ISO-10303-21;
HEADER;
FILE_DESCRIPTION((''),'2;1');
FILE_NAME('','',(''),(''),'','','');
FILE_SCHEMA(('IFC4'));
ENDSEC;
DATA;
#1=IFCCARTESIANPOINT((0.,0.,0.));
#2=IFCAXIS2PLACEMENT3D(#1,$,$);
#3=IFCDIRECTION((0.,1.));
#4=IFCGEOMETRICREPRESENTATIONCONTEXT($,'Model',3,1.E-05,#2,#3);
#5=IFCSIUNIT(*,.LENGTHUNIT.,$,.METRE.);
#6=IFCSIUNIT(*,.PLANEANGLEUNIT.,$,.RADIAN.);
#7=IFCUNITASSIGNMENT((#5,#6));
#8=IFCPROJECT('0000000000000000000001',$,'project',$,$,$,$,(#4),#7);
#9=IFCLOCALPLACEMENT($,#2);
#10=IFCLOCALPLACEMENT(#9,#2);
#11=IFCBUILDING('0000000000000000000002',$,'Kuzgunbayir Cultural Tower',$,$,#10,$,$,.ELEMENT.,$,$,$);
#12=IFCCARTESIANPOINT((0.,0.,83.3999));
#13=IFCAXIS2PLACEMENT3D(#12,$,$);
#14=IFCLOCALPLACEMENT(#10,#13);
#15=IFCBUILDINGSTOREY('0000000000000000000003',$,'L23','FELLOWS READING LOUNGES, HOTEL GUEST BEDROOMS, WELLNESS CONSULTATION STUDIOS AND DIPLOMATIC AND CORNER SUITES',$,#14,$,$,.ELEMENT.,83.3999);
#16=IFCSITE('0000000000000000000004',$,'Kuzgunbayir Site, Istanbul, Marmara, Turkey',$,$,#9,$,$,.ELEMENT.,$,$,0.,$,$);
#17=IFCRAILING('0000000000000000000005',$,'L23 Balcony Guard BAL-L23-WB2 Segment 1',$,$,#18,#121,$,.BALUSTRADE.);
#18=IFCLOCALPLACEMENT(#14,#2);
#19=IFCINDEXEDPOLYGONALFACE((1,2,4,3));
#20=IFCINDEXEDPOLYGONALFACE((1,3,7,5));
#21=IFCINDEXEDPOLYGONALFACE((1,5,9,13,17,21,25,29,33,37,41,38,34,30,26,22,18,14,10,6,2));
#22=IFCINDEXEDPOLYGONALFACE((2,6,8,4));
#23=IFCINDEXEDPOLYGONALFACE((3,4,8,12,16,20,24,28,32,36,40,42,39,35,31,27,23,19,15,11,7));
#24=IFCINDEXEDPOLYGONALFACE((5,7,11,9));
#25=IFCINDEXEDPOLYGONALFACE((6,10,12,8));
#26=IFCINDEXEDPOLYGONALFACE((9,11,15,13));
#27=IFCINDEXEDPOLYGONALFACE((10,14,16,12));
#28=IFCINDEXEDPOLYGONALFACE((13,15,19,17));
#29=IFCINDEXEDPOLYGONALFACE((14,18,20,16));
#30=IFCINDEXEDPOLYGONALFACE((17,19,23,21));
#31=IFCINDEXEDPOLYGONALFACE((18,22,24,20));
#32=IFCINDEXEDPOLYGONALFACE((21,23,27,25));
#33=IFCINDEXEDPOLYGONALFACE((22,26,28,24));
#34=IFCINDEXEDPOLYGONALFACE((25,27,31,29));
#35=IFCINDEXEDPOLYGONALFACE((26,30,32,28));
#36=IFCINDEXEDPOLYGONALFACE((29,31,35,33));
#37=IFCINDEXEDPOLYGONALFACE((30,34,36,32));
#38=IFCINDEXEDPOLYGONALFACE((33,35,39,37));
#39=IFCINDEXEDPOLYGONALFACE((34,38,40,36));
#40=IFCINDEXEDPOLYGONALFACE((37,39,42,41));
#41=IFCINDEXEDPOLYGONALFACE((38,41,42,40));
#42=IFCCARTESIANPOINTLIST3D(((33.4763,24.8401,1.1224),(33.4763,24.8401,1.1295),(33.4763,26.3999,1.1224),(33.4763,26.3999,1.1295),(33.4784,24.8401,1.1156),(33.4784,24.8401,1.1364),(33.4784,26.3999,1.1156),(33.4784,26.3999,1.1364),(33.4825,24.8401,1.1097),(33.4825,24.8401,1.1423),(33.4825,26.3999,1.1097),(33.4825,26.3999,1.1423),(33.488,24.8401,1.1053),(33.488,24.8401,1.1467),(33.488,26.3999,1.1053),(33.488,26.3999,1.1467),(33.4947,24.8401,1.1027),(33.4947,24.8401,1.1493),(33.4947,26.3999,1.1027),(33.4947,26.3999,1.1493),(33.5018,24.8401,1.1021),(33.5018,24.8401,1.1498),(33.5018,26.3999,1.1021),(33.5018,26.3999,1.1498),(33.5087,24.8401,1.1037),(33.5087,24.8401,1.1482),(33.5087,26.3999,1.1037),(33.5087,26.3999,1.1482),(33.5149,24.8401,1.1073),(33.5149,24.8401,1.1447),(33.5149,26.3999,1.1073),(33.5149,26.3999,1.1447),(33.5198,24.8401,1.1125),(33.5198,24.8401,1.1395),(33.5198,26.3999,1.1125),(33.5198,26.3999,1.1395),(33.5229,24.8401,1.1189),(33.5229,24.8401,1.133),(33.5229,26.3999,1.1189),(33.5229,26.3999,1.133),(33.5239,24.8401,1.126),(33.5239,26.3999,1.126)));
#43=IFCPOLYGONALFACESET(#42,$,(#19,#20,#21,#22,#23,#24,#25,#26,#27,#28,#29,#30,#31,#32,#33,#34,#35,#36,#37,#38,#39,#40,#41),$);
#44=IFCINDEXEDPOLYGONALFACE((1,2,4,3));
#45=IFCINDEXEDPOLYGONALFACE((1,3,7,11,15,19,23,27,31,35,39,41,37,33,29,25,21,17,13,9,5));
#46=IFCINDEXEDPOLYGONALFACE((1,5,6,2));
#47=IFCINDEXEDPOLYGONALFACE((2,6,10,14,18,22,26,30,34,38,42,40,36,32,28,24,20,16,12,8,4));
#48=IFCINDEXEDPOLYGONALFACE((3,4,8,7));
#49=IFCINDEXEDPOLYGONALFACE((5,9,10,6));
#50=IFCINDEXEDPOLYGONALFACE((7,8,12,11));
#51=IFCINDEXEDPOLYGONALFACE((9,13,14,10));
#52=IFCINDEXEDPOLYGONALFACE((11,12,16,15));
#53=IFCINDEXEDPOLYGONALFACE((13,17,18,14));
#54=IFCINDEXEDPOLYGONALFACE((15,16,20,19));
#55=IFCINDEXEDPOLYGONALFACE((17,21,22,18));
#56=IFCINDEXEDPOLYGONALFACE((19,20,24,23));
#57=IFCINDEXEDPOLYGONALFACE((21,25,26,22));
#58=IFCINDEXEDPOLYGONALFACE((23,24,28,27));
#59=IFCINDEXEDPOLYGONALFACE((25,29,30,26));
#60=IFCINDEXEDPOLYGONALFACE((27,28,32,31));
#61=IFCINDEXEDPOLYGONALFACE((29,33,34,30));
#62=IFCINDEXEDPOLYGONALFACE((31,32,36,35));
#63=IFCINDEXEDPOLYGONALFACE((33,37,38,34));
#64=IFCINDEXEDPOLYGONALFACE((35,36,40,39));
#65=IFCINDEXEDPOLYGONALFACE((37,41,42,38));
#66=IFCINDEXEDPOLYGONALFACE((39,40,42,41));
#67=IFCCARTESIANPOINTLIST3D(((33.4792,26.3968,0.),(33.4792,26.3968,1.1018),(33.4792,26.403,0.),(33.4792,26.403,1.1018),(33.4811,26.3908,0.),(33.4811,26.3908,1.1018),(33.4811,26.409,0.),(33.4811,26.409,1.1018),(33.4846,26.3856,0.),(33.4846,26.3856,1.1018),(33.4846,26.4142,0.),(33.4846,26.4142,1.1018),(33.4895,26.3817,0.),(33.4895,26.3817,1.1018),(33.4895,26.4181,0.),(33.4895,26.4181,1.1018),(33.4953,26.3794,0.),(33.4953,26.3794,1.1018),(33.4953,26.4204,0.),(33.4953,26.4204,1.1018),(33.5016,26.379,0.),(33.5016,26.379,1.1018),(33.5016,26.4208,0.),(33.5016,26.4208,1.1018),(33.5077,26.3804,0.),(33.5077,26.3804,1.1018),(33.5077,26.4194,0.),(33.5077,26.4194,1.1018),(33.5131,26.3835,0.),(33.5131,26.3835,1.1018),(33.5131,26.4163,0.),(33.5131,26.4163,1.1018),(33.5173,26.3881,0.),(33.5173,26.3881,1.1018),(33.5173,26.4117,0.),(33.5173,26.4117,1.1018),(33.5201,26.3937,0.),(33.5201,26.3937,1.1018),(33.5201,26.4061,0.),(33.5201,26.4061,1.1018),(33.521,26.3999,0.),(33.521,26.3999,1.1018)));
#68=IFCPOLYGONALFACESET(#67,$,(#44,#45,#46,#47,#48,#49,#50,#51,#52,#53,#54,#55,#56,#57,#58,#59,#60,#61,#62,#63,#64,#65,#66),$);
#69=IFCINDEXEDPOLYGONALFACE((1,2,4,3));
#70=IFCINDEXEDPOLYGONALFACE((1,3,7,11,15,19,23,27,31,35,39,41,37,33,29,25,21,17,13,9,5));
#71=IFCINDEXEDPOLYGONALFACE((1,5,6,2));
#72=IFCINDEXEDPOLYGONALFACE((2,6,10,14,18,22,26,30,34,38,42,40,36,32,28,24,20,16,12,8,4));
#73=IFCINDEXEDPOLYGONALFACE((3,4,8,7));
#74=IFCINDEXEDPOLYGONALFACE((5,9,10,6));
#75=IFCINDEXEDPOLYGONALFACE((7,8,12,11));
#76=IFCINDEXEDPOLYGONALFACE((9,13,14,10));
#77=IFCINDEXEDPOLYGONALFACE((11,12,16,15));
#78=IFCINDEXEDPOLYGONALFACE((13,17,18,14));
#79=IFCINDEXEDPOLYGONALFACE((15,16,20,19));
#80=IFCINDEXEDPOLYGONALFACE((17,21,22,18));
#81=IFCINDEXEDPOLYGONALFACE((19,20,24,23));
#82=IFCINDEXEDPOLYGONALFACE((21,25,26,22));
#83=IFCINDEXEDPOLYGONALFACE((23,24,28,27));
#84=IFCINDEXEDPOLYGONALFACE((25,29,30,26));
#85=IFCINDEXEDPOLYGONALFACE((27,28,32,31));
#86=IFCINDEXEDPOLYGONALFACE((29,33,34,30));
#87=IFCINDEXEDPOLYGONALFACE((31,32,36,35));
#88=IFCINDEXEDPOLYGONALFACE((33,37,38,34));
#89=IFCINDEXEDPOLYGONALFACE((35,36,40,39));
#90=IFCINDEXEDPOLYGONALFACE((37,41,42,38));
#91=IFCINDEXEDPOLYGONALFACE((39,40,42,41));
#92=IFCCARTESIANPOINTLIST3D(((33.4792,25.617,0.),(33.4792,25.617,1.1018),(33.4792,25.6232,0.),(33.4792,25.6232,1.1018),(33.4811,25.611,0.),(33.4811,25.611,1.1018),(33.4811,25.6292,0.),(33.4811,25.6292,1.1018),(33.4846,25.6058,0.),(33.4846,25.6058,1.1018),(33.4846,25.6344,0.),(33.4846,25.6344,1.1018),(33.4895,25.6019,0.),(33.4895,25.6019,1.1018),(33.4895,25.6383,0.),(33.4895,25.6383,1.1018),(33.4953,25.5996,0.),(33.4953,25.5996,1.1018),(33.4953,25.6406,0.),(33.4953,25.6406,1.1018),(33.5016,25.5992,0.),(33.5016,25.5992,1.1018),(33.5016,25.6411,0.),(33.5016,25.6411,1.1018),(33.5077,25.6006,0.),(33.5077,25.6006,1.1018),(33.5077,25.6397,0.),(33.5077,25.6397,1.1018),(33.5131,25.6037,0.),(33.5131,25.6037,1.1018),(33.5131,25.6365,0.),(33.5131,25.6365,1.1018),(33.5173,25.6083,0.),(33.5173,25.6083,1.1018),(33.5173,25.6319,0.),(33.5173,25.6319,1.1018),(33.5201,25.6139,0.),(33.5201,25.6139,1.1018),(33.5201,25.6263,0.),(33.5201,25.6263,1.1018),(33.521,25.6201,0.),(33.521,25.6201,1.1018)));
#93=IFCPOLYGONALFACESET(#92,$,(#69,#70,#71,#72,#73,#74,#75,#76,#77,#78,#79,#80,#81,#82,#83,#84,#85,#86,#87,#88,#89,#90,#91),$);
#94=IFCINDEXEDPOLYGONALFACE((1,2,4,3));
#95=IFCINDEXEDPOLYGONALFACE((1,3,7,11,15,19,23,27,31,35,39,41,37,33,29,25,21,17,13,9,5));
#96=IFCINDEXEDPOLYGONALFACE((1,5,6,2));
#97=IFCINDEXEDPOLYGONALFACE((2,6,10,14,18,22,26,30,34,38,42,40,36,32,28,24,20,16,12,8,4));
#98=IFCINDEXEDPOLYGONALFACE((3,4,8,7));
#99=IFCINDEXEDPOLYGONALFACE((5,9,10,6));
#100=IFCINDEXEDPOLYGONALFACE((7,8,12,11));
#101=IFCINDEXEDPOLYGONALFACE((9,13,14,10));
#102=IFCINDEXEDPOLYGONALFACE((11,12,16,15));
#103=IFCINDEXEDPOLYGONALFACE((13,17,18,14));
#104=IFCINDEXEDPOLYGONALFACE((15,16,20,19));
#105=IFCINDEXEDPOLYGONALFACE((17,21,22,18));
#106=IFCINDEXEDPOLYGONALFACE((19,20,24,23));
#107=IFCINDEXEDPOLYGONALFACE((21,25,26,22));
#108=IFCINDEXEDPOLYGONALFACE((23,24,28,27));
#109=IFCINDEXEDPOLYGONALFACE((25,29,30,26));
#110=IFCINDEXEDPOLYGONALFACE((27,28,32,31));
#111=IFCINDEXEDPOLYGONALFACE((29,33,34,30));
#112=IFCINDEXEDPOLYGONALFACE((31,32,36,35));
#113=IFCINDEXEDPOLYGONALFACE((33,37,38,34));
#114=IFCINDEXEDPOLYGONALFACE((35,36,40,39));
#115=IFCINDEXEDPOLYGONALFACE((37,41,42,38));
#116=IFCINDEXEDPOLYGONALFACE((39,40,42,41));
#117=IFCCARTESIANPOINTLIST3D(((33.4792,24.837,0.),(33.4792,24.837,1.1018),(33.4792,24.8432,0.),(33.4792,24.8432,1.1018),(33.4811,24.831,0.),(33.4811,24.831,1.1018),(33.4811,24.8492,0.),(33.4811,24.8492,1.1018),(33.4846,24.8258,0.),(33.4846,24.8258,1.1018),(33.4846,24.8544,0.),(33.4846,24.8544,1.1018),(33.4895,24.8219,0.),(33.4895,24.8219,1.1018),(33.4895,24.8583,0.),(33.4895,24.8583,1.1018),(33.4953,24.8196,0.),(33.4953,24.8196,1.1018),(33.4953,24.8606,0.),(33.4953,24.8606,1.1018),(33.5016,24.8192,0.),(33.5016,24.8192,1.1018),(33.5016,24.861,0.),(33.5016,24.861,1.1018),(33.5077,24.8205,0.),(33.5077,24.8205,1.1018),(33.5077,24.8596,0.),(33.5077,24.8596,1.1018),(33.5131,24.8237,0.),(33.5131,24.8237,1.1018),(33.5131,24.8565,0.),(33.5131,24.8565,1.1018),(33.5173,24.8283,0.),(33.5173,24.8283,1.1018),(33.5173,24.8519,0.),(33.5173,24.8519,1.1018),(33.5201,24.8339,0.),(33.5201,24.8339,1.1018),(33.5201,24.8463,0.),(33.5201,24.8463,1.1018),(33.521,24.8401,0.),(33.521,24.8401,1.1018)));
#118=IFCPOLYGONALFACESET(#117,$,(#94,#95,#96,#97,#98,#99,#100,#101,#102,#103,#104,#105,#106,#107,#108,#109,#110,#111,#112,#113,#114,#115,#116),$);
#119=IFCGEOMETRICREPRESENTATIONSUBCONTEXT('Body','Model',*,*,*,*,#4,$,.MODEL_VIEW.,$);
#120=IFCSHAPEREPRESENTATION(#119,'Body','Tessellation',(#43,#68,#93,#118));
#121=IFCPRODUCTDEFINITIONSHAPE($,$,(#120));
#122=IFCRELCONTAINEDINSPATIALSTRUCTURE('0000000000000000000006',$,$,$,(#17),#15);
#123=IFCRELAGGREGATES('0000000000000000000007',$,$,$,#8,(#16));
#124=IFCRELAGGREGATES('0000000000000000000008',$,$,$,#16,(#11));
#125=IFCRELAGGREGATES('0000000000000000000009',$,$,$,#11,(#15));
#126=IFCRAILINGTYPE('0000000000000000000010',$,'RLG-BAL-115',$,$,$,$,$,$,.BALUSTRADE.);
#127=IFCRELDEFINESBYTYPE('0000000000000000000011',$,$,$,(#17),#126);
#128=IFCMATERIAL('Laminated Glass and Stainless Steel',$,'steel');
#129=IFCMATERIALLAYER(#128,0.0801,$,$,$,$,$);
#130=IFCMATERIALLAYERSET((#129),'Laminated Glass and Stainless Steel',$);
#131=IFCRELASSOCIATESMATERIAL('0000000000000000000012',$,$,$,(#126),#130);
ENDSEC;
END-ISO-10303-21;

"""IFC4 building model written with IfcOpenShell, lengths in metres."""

from ifc_helpers import new_model, si_unit, direction, frame, origin, origin_2d, place, context, subcontext, project, spatial, circle, extrude, material, layer, layer_set, type_object, element, save


model = new_model("IFC4")

# Units and contexts
model_context = context("Model", 3, precision=1e-05, world=origin(), true_north=direction((0.0, 1.0)))
body_context = subcontext(model_context, "Body", "Model", "MODEL_VIEW")
ifc_project = project(units=[si_unit("LENGTHUNIT", "METRE"), si_unit("PLANEANGLEUNIT", "RADIAN")], contexts=[model_context])

# Site, building, storey
site_placement = place(None, origin())
site = spatial("IfcSite", under=ifc_project, at=site_placement, Name="Kuzgunbayir Site, Istanbul, Marmara, Turkey", CompositionType="ELEMENT", RefElevation=0.0)
building_placement = place(site_placement, origin())
building = spatial("IfcBuilding", under=site, at=building_placement, Name="Kuzgunbayir Cultural Tower", CompositionType="ELEMENT")
storey_placement = place(building_placement, frame((0.0, 0.0, 83.3999)))
storey = spatial("IfcBuildingStorey", under=building, at=storey_placement, Name="L23", Description="FELLOWS READING LOUNGES, HOTEL GUEST BEDROOMS, WELLNESS CONSULTATION STUDIOS AND DIPLOMATIC AND CORNER SUITES", CompositionType="ELEMENT", Elevation=83.3999)

# Railing
ifc_material_1 = material(Name="Laminated Glass and Stainless Steel", Category="steel")
ifc_layer_1 = layer(ifc_material_1, 0.0801)
ifc_layer_set_1 = layer_set([ifc_layer_1], Name="Laminated Glass and Stainless Steel")
railing_type = type_object("IfcRailingType", Name="RLG-BAL-115", PredefinedType="BALUSTRADE", material=ifc_layer_set_1)
railing_1_placement = place(storey_placement, frame((33.5, 26.3999, 0.0)))
element("IfcRailing", 1, at=railing_1_placement, inside=storey, type_object=railing_type, Name="L23 Balcony Guard BAL-L23-WB2 Segment 1", PredefinedType="BALUSTRADE", context=body_context, shape_type="SweptSolid", body=[
    extrude(circle(Radius=0.0239, at=origin_2d()), frame((0.0, 0.0, 1.126), z_axis=(0.0, -1.0, 0.0), x_axis=(1.0, 0.0, 0.0)), (0.0, 0.0, 1.0), 1.5598),
    extrude(circle(Radius=0.021, at=origin_2d()), origin(), (0.0, 0.0, 1.0), 1.1018),
    extrude(circle(Radius=0.021, at=origin_2d()), frame((0.0, -0.7798, 0.0)), (0.0, 0.0, 1.0), 1.1018),
    extrude(circle(Radius=0.021, at=origin_2d()), frame((0.0, -1.5598, 0.0)), (0.0, 0.0, 1.0), 1.1018),
])

save(model, "model.ifc")
